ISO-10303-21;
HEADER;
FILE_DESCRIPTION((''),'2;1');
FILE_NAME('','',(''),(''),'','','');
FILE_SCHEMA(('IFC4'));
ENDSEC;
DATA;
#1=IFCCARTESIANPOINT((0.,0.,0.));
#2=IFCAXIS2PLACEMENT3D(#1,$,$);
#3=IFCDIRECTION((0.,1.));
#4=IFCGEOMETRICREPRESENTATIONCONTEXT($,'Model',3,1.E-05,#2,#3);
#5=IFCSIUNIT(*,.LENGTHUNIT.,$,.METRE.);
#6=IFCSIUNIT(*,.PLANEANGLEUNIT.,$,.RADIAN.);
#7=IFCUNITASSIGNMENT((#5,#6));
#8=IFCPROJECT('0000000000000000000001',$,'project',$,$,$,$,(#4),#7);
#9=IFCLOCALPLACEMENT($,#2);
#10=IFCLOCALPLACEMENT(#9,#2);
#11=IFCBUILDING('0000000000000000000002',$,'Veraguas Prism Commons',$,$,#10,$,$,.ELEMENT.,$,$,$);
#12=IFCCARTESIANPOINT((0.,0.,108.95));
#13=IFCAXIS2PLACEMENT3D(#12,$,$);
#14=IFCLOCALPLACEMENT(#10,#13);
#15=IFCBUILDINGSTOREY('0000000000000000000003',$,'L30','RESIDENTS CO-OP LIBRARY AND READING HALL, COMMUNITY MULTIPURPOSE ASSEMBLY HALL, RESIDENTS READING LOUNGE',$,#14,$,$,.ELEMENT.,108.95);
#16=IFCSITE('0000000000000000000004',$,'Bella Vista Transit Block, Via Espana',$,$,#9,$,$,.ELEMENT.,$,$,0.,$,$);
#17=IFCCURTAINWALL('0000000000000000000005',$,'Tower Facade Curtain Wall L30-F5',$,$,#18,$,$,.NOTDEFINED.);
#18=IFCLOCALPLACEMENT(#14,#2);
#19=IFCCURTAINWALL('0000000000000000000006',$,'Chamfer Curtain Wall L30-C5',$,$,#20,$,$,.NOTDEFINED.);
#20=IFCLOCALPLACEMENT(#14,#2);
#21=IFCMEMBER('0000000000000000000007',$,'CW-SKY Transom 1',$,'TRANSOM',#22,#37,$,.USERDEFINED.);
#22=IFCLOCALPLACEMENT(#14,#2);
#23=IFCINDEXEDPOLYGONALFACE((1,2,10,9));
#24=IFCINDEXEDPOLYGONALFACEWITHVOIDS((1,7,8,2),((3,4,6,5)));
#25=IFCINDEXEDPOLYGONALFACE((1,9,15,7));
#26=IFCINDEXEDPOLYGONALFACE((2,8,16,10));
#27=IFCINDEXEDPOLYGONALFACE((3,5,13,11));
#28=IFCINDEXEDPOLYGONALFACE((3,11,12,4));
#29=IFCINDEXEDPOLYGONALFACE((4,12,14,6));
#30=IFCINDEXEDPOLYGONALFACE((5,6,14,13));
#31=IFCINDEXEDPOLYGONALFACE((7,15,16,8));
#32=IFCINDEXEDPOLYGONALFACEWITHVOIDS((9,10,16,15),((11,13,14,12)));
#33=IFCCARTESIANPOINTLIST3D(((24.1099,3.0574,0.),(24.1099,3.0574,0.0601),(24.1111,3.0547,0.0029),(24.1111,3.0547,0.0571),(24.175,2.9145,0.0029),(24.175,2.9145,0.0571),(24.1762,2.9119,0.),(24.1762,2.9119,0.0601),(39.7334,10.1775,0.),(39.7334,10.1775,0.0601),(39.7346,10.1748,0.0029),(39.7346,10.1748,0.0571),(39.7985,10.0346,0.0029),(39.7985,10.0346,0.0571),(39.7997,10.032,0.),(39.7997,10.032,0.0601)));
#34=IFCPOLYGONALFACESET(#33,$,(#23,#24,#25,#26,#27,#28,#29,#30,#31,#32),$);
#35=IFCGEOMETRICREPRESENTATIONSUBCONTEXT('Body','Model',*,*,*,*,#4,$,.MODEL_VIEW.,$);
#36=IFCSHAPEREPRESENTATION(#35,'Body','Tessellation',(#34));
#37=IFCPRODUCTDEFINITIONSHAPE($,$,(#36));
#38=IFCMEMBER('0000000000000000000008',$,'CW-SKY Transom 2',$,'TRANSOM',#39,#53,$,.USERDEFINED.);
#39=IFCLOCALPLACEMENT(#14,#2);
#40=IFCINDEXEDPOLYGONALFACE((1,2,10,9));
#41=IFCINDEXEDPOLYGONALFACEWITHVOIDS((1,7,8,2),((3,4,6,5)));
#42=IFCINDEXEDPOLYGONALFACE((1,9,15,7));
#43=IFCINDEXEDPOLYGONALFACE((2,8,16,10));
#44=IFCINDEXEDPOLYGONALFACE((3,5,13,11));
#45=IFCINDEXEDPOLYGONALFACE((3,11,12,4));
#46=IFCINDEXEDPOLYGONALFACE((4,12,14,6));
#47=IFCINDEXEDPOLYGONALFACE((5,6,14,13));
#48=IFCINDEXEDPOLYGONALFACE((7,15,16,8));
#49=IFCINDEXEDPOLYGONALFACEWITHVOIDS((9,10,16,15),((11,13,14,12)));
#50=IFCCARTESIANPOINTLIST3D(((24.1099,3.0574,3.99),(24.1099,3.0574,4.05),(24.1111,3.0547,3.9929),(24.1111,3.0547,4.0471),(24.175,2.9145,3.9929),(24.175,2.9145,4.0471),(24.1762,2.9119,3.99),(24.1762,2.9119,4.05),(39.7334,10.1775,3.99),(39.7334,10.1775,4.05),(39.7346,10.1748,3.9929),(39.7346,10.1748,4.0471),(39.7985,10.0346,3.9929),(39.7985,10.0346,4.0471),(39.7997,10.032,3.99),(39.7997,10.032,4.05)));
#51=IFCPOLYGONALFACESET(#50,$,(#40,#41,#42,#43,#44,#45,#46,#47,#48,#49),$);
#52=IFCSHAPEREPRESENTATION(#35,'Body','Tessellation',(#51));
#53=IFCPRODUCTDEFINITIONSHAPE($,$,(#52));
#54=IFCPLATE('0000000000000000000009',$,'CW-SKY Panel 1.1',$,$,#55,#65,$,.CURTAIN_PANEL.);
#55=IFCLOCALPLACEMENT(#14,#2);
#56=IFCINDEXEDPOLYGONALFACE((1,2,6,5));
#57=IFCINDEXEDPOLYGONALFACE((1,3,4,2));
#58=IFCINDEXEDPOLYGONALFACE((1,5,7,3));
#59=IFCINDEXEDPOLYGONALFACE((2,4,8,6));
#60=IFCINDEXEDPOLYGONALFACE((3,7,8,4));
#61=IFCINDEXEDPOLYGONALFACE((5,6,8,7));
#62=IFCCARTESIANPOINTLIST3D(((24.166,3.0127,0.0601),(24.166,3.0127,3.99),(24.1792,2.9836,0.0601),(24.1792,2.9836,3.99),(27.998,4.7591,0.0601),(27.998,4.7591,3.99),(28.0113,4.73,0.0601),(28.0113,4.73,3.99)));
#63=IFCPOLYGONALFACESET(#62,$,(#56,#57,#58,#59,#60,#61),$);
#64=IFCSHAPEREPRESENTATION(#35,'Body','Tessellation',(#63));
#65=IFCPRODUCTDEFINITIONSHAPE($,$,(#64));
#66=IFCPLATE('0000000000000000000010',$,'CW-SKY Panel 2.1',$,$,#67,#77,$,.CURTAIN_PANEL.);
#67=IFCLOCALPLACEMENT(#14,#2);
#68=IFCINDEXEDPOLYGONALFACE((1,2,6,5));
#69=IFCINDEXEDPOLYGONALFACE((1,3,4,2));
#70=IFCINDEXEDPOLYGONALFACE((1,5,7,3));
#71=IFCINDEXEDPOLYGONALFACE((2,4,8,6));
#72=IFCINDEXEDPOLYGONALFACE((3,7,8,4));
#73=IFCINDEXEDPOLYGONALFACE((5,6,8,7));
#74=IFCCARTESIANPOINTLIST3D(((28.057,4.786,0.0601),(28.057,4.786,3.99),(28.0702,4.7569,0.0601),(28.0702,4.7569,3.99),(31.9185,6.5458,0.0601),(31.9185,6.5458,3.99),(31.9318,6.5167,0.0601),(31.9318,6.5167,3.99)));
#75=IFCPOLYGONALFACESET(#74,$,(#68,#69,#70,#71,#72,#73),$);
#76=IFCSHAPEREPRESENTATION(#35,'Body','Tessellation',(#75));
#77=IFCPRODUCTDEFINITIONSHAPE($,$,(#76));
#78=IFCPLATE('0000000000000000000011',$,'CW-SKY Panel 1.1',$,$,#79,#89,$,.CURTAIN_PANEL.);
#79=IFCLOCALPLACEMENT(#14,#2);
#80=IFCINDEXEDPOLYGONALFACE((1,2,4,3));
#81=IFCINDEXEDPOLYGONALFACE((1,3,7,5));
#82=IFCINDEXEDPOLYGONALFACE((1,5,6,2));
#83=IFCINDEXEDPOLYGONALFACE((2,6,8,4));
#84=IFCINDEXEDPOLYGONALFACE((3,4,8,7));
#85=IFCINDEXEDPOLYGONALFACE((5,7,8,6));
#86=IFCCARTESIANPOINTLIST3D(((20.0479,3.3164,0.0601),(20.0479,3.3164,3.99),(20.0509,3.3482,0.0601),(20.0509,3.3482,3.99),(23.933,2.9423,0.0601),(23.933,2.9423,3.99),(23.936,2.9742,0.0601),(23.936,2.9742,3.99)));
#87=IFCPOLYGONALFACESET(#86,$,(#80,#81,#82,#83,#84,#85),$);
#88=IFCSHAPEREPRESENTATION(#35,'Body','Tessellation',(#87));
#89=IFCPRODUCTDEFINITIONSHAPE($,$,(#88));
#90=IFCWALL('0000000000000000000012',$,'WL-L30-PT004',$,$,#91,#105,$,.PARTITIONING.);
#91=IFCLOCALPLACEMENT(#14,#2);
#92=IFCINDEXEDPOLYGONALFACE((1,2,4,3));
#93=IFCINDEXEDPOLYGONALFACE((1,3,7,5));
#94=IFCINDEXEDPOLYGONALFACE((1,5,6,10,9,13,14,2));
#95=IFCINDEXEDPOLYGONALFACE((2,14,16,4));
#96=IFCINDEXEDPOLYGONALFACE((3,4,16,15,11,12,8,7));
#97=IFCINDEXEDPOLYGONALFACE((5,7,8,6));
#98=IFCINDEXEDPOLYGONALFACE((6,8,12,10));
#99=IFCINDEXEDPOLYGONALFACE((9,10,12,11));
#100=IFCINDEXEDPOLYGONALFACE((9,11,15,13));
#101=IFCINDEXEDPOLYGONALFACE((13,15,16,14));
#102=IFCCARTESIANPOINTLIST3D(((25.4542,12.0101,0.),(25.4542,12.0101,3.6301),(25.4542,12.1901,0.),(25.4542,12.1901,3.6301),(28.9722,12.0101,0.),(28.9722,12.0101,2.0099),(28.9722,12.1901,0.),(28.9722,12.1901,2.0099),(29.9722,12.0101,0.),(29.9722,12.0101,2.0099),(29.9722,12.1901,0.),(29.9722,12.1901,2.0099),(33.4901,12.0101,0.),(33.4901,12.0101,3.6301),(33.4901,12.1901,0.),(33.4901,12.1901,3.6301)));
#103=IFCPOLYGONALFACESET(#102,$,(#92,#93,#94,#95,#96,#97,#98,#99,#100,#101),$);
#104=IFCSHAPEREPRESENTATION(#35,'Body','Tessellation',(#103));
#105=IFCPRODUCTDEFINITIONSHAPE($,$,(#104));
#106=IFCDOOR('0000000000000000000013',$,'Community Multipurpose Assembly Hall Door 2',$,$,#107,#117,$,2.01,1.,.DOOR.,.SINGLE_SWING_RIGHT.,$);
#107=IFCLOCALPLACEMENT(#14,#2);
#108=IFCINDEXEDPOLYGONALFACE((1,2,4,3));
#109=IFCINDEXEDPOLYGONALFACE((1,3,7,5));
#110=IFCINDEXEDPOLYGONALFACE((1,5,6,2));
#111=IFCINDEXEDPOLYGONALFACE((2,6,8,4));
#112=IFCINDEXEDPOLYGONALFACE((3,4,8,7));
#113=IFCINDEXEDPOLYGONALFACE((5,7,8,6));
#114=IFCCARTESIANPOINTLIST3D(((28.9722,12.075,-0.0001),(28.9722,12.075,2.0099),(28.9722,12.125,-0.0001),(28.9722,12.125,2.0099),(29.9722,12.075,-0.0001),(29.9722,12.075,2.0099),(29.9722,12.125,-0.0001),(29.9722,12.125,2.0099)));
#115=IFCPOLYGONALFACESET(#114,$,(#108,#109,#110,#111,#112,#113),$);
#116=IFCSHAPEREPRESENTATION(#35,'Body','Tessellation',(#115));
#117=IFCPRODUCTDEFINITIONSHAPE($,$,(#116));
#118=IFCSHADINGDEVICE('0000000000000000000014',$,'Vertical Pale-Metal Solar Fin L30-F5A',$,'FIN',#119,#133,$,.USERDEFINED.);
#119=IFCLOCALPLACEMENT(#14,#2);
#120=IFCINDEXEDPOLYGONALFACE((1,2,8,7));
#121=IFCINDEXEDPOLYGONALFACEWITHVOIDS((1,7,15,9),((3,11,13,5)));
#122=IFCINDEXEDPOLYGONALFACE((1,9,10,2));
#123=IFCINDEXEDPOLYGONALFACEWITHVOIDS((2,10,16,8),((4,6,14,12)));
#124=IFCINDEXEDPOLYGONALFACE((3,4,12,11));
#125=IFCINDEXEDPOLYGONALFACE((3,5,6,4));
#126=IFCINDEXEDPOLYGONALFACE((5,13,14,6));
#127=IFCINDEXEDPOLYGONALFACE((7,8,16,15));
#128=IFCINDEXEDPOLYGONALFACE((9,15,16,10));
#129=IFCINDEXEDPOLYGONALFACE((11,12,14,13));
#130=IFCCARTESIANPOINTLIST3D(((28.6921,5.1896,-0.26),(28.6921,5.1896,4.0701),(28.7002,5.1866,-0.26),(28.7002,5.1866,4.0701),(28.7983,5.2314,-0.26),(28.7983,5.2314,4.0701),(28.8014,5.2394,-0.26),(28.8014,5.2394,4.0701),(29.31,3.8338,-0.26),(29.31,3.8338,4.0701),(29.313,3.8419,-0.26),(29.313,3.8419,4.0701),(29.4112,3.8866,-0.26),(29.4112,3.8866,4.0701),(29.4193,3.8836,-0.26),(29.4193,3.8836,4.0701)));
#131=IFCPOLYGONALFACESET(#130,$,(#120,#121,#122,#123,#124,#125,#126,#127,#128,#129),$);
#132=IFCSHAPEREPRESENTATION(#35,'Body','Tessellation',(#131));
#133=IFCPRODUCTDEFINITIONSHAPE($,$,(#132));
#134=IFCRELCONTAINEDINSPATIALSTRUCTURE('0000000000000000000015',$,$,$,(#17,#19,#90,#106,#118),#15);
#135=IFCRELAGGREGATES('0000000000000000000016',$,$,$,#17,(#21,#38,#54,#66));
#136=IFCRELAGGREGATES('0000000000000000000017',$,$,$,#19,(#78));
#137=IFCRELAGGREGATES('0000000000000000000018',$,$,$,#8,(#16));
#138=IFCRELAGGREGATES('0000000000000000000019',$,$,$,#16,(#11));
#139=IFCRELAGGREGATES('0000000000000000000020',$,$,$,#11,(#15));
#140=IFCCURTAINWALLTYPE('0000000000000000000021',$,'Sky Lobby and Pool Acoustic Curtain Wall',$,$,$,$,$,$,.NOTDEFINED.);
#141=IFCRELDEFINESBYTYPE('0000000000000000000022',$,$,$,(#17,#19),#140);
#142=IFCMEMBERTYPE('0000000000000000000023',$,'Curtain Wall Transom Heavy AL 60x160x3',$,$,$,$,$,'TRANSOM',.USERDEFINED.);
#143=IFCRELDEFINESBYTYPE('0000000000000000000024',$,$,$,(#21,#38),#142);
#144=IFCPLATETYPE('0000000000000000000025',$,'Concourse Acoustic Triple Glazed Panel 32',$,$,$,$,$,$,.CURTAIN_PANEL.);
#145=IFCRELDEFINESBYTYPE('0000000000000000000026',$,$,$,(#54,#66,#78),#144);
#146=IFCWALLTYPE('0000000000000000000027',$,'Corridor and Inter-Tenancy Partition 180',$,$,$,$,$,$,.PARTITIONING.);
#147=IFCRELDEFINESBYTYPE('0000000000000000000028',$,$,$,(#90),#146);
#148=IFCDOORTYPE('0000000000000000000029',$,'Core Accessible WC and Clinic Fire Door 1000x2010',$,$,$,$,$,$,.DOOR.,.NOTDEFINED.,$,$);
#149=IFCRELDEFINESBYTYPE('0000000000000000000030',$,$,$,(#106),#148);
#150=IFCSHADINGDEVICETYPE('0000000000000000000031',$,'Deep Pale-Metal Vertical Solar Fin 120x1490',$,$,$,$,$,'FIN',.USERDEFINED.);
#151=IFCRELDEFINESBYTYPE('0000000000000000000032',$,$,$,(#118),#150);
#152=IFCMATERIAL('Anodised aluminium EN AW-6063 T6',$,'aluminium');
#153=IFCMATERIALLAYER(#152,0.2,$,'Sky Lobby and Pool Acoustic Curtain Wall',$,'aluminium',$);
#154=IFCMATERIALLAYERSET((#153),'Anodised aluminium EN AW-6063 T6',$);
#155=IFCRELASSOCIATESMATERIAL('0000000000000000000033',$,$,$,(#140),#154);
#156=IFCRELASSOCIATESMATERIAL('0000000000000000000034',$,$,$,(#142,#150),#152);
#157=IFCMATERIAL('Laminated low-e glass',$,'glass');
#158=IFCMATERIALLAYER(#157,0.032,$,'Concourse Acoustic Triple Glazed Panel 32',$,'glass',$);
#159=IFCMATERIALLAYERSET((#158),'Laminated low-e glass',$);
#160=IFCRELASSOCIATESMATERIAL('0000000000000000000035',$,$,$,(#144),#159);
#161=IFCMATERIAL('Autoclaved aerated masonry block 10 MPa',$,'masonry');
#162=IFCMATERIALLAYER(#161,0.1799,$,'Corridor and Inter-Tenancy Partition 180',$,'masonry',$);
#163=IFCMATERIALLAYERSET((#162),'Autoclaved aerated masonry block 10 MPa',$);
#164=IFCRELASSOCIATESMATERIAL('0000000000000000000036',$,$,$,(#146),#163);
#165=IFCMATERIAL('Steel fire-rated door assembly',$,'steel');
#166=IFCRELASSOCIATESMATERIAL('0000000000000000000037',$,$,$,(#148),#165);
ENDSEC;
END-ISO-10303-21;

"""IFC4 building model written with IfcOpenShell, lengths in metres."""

from ifc_helpers import new_model, si_unit, direction, frame, frame_2d, origin, origin_2d, place, context, subcontext, project, spatial, rectangle, hollow_rectangle, extrude, source, transform, mapped, material, layer, layer_set, material_profile, profile_set, type_object, element, fill, aggregate, save


model = new_model("IFC4")

# Units and contexts
model_context = context("Model", 3, precision=1e-05, world=origin(), true_north=direction((0.0, 1.0)))
body_context = subcontext(model_context, "Body", "Model", "MODEL_VIEW")
ifc_project = project(units=[si_unit("LENGTHUNIT", "METRE"), si_unit("PLANEANGLEUNIT", "RADIAN")], contexts=[model_context])

# Site, building, storey
site_placement = place(None, origin())
site = spatial("IfcSite", under=ifc_project, at=site_placement, Name="Bella Vista Transit Block, Via Espana", CompositionType="ELEMENT", RefElevation=0.0)
building_placement = place(site_placement, origin())
building = spatial("IfcBuilding", under=site, at=building_placement, Name="Veraguas Prism Commons", CompositionType="ELEMENT")
storey_placement = place(building_placement, frame((0.0, 0.0, 108.95)))
storey = spatial("IfcBuildingStorey", under=building, at=storey_placement, Name="L30", Description="RESIDENTS CO-OP LIBRARY AND READING HALL, COMMUNITY MULTIPURPOSE ASSEMBLY HALL, RESIDENTS READING LOUNGE", CompositionType="ELEMENT", Elevation=108.95)

# Curtain wall
ifc_material_1 = material(Name="Anodised aluminium EN AW-6063 T6", Category="aluminium")
ifc_layer_1 = layer(ifc_material_1, 0.2, Name="Sky Lobby and Pool Acoustic Curtain Wall", Category="aluminium")
ifc_layer_set_1 = layer_set([ifc_layer_1], Name="Anodised aluminium EN AW-6063 T6")
curtain_wall_type = type_object("IfcCurtainWallType", Name="Sky Lobby and Pool Acoustic Curtain Wall", PredefinedType="NOTDEFINED", material=ifc_layer_set_1)
curtain_wall_1_placement = place(storey_placement, origin())
curtain_wall_1 = element("IfcCurtainWall", 1, at=curtain_wall_1_placement, inside=storey, type_object=curtain_wall_type, Name="Tower Facade Curtain Wall L30-F5", PredefinedType="NOTDEFINED")

# Curtain wall
curtain_wall_2_placement = place(storey_placement, origin())
curtain_wall_2 = element("IfcCurtainWall", 2, at=curtain_wall_2_placement, inside=storey, type_object=curtain_wall_type, Name="Chamfer Curtain Wall L30-C5", PredefinedType="NOTDEFINED")

# Members
ifc_material_profile_1 = material_profile(ifc_material_1, hollow_rectangle(XDim=0.0601, YDim=0.1599, WallThickness=0.0029, at=origin_2d()), Name="AL60X160X3")
ifc_profile_set_1 = profile_set([ifc_material_profile_1], Name="Anodised aluminium EN AW-6063 T6")
member_type_1 = type_object("IfcMemberType", Name="Curtain Wall Transom Heavy AL 60x160x3", ElementType="TRANSOM", PredefinedType="USERDEFINED", material=ifc_profile_set_1)
shared_shape_1 = source(origin(), body_context, "Body", "SweptSolid", [
    extrude(hollow_rectangle(XDim=0.0601, YDim=0.1599, WallThickness=0.0029, at=origin_2d()), origin(), (0.0, 0.0, 1.0), 17.1694),
])
member_1_placement = place(storey_placement, frame((24.1431, 2.9846, 0.03), z_axis=(0.90996, 0.414696, 0.0), x_axis=(0.0, 0.0, 1.0)))
member_1 = element("IfcMember", 3, at=member_1_placement, type_object=member_type_1, Name="CW-SKY Transom 1", ObjectType="TRANSOM", PredefinedType="USERDEFINED", context=body_context, shape_type="MappedRepresentation", body=[
    mapped(shared_shape_1, transform((0.0, 0.0, 0.0), scale=1.0)),
])
member_2_placement = place(storey_placement, frame((24.1431, 2.9846, 4.02), z_axis=(0.90996, 0.414696, 0.0), x_axis=(0.0, 0.0, 1.0)))
member_2 = element("IfcMember", 4, at=member_2_placement, type_object=member_type_1, Name="CW-SKY Transom 2", ObjectType="TRANSOM", PredefinedType="USERDEFINED", context=body_context, shape_type="MappedRepresentation", body=[
    mapped(shared_shape_1, transform((0.0, 0.0, 0.0), scale=1.0)),
])

# Plates
ifc_material_2 = material(Name="Laminated low-e glass", Category="glass")
ifc_layer_2 = layer(ifc_material_2, 0.032, Name="Concourse Acoustic Triple Glazed Panel 32", Category="glass")
ifc_layer_set_2 = layer_set([ifc_layer_2], Name="Laminated low-e glass")
plate_type = type_object("IfcPlateType", Name="Concourse Acoustic Triple Glazed Panel 32", PredefinedType="CURTAIN_PANEL", material=ifc_layer_set_2)
shared_shape_2 = source(origin(), body_context, "Body", "SweptSolid", [
    extrude(rectangle(XDim=4.2112, YDim=0.032, at=origin_2d()), origin(), (0.0, 0.0, 1.0), 3.9299),
])
plate_1_placement = place(storey_placement, frame((26.0886, 3.8713, 0.0601), z_axis=(0.0, 0.0, 1.0), x_axis=(0.909961, 0.414695, 0.0)))
plate_1 = element("IfcPlate", 5, at=plate_1_placement, type_object=plate_type, Name="CW-SKY Panel 1.1", PredefinedType="CURTAIN_PANEL", context=body_context, shape_type="MappedRepresentation", body=[
    mapped(shared_shape_2, transform((0.0, 0.0, 0.0), scale=1.0)),
])
shared_shape_3 = source(origin(), body_context, "Body", "SweptSolid", [
    extrude(rectangle(XDim=4.2437, YDim=0.032, at=origin_2d()), origin(), (0.0, 0.0, 1.0), 3.9299),
])
plate_2_placement = place(storey_placement, frame((29.9944, 5.6514, 0.0601), z_axis=(0.0, 0.0, 1.0), x_axis=(0.909961, 0.414695, 0.0)))
plate_2 = element("IfcPlate", 6, at=plate_2_placement, type_object=plate_type, Name="CW-SKY Panel 2.1", PredefinedType="CURTAIN_PANEL", context=body_context, shape_type="MappedRepresentation", body=[
    mapped(shared_shape_3, transform((0.0, 0.0, 0.0), scale=1.0)),
])
aggregate(curtain_wall_1, [member_1, member_2, plate_1, plate_2])
shared_shape_4 = source(origin(), body_context, "Body", "SweptSolid", [
    extrude(rectangle(XDim=3.9031, YDim=0.032, at=origin_2d()), origin(), (0.0, 0.0, 1.0), 3.9299),
])
plate_3_placement = place(storey_placement, frame((21.9919, 3.1453, 0.0601), z_axis=(0.0, 0.0, 1.0), x_axis=(0.995398, -0.09583, 0.0)))
plate_3 = element("IfcPlate", 7, at=plate_3_placement, type_object=plate_type, Name="CW-SKY Panel 1.1", PredefinedType="CURTAIN_PANEL", context=body_context, shape_type="MappedRepresentation", body=[
    mapped(shared_shape_4, transform((0.0, 0.0, 0.0), scale=1.0)),
])
aggregate(curtain_wall_2, [plate_3])

# Wall, opening, door
ifc_material_3 = material(Name="Autoclaved aerated masonry block 10 MPa", Category="masonry")
ifc_layer_3 = layer(ifc_material_3, 0.1799, Name="Corridor and Inter-Tenancy Partition 180", Category="masonry")
ifc_layer_set_3 = layer_set([ifc_layer_3], Name="Autoclaved aerated masonry block 10 MPa")
wall_type = type_object("IfcWallType", Name="Corridor and Inter-Tenancy Partition 180", PredefinedType="PARTITIONING", material=ifc_layer_set_3)
wall_placement = place(storey_placement, frame((25.4541, 12.1001, 0.0), z_axis=(0.0, 0.0, 1.0), x_axis=(1.0, 0.0, 0.0)))
wall = element("IfcWall", 8, at=wall_placement, inside=storey, type_object=wall_type, Name="WL-L30-PT004", PredefinedType="PARTITIONING", context=body_context, shape_type="SweptSolid", body=[
    extrude(rectangle(XDim=8.0359, YDim=0.1799, at=frame_2d((4.0181, 0.0))), origin(), (0.0, 0.0, 1.0), 3.6301),
])
opening_placement = place(wall_placement, frame((3.5181, 0.0, 0.0)))
opening = element("IfcOpeningElement", 9, at=opening_placement, cuts=wall, PredefinedType="OPENING", context=body_context, shape_type="SweptSolid", body=[
    extrude(rectangle(XDim=1.0, YDim=2.01, at=frame_2d((0.5, 1.0049))), frame((0.0, 0.0999, 0.0), z_axis=(0.0, -1.0, 0.0), x_axis=(1.0, 0.0, 0.0)), (0.0, 0.0, 1.0), 0.2),
])
ifc_material_4 = material(Name="Steel fire-rated door assembly", Category="steel")
door_type = type_object("IfcDoorType", Name="Core Accessible WC and Clinic Fire Door 1000x2010", OperationType="NOTDEFINED", PredefinedType="DOOR", material=ifc_material_4)
shared_shape_5 = source(origin(), body_context, "Body", "SweptSolid", [
    extrude(rectangle(XDim=1.0, YDim=2.01, at=frame_2d((0.5, 1.0049))), frame((0.0, 0.0249, 0.0), z_axis=(0.0, -1.0, 0.0), x_axis=(1.0, 0.0, 0.0)), (0.0, 0.0, 1.0), 0.05),
])
door_placement = place(opening_placement, origin())
door = element("IfcDoor", 10, at=door_placement, inside=storey, type_object=door_type, Name="Community Multipurpose Assembly Hall Door 2", OperationType="SINGLE_SWING_RIGHT", OverallHeight=2.01, OverallWidth=1.0, PredefinedType="DOOR", context=body_context, shape_type="MappedRepresentation", body=[
    mapped(shared_shape_5, transform((0.0, 0.0, 0.0), scale=1.0)),
])
fill(opening, door)

# Shading device
ifc_material_profile_2 = material_profile(ifc_material_1, hollow_rectangle(XDim=0.1201, YDim=1.49, WallThickness=0.0061, at=origin_2d()), Name="FIN120X1490X6")
ifc_profile_set_2 = profile_set([ifc_material_profile_2], Name="Anodised aluminium EN AW-6063 T6")
shading_device_type = type_object("IfcShadingDeviceType", Name="Deep Pale-Metal Vertical Solar Fin 120x1490", ElementType="FIN", PredefinedType="USERDEFINED", material=ifc_profile_set_2)
shading_device_placement = place(storey_placement, frame((29.0557, 4.5366, -0.26), z_axis=(0.0, 0.0, 1.0), x_axis=(0.90996, 0.414696, 0.0)))
element("IfcShadingDevice", 11, at=shading_device_placement, inside=storey, type_object=shading_device_type, Name="Vertical Pale-Metal Solar Fin L30-F5A", ObjectType="FIN", PredefinedType="USERDEFINED", context=body_context, shape_type="SweptSolid", body=[
    extrude(hollow_rectangle(XDim=0.1201, YDim=1.49, WallThickness=0.0061, at=origin_2d()), origin(), (0.0, 0.0, 1.0), 4.3301),
])

save(model, "model.ifc")
